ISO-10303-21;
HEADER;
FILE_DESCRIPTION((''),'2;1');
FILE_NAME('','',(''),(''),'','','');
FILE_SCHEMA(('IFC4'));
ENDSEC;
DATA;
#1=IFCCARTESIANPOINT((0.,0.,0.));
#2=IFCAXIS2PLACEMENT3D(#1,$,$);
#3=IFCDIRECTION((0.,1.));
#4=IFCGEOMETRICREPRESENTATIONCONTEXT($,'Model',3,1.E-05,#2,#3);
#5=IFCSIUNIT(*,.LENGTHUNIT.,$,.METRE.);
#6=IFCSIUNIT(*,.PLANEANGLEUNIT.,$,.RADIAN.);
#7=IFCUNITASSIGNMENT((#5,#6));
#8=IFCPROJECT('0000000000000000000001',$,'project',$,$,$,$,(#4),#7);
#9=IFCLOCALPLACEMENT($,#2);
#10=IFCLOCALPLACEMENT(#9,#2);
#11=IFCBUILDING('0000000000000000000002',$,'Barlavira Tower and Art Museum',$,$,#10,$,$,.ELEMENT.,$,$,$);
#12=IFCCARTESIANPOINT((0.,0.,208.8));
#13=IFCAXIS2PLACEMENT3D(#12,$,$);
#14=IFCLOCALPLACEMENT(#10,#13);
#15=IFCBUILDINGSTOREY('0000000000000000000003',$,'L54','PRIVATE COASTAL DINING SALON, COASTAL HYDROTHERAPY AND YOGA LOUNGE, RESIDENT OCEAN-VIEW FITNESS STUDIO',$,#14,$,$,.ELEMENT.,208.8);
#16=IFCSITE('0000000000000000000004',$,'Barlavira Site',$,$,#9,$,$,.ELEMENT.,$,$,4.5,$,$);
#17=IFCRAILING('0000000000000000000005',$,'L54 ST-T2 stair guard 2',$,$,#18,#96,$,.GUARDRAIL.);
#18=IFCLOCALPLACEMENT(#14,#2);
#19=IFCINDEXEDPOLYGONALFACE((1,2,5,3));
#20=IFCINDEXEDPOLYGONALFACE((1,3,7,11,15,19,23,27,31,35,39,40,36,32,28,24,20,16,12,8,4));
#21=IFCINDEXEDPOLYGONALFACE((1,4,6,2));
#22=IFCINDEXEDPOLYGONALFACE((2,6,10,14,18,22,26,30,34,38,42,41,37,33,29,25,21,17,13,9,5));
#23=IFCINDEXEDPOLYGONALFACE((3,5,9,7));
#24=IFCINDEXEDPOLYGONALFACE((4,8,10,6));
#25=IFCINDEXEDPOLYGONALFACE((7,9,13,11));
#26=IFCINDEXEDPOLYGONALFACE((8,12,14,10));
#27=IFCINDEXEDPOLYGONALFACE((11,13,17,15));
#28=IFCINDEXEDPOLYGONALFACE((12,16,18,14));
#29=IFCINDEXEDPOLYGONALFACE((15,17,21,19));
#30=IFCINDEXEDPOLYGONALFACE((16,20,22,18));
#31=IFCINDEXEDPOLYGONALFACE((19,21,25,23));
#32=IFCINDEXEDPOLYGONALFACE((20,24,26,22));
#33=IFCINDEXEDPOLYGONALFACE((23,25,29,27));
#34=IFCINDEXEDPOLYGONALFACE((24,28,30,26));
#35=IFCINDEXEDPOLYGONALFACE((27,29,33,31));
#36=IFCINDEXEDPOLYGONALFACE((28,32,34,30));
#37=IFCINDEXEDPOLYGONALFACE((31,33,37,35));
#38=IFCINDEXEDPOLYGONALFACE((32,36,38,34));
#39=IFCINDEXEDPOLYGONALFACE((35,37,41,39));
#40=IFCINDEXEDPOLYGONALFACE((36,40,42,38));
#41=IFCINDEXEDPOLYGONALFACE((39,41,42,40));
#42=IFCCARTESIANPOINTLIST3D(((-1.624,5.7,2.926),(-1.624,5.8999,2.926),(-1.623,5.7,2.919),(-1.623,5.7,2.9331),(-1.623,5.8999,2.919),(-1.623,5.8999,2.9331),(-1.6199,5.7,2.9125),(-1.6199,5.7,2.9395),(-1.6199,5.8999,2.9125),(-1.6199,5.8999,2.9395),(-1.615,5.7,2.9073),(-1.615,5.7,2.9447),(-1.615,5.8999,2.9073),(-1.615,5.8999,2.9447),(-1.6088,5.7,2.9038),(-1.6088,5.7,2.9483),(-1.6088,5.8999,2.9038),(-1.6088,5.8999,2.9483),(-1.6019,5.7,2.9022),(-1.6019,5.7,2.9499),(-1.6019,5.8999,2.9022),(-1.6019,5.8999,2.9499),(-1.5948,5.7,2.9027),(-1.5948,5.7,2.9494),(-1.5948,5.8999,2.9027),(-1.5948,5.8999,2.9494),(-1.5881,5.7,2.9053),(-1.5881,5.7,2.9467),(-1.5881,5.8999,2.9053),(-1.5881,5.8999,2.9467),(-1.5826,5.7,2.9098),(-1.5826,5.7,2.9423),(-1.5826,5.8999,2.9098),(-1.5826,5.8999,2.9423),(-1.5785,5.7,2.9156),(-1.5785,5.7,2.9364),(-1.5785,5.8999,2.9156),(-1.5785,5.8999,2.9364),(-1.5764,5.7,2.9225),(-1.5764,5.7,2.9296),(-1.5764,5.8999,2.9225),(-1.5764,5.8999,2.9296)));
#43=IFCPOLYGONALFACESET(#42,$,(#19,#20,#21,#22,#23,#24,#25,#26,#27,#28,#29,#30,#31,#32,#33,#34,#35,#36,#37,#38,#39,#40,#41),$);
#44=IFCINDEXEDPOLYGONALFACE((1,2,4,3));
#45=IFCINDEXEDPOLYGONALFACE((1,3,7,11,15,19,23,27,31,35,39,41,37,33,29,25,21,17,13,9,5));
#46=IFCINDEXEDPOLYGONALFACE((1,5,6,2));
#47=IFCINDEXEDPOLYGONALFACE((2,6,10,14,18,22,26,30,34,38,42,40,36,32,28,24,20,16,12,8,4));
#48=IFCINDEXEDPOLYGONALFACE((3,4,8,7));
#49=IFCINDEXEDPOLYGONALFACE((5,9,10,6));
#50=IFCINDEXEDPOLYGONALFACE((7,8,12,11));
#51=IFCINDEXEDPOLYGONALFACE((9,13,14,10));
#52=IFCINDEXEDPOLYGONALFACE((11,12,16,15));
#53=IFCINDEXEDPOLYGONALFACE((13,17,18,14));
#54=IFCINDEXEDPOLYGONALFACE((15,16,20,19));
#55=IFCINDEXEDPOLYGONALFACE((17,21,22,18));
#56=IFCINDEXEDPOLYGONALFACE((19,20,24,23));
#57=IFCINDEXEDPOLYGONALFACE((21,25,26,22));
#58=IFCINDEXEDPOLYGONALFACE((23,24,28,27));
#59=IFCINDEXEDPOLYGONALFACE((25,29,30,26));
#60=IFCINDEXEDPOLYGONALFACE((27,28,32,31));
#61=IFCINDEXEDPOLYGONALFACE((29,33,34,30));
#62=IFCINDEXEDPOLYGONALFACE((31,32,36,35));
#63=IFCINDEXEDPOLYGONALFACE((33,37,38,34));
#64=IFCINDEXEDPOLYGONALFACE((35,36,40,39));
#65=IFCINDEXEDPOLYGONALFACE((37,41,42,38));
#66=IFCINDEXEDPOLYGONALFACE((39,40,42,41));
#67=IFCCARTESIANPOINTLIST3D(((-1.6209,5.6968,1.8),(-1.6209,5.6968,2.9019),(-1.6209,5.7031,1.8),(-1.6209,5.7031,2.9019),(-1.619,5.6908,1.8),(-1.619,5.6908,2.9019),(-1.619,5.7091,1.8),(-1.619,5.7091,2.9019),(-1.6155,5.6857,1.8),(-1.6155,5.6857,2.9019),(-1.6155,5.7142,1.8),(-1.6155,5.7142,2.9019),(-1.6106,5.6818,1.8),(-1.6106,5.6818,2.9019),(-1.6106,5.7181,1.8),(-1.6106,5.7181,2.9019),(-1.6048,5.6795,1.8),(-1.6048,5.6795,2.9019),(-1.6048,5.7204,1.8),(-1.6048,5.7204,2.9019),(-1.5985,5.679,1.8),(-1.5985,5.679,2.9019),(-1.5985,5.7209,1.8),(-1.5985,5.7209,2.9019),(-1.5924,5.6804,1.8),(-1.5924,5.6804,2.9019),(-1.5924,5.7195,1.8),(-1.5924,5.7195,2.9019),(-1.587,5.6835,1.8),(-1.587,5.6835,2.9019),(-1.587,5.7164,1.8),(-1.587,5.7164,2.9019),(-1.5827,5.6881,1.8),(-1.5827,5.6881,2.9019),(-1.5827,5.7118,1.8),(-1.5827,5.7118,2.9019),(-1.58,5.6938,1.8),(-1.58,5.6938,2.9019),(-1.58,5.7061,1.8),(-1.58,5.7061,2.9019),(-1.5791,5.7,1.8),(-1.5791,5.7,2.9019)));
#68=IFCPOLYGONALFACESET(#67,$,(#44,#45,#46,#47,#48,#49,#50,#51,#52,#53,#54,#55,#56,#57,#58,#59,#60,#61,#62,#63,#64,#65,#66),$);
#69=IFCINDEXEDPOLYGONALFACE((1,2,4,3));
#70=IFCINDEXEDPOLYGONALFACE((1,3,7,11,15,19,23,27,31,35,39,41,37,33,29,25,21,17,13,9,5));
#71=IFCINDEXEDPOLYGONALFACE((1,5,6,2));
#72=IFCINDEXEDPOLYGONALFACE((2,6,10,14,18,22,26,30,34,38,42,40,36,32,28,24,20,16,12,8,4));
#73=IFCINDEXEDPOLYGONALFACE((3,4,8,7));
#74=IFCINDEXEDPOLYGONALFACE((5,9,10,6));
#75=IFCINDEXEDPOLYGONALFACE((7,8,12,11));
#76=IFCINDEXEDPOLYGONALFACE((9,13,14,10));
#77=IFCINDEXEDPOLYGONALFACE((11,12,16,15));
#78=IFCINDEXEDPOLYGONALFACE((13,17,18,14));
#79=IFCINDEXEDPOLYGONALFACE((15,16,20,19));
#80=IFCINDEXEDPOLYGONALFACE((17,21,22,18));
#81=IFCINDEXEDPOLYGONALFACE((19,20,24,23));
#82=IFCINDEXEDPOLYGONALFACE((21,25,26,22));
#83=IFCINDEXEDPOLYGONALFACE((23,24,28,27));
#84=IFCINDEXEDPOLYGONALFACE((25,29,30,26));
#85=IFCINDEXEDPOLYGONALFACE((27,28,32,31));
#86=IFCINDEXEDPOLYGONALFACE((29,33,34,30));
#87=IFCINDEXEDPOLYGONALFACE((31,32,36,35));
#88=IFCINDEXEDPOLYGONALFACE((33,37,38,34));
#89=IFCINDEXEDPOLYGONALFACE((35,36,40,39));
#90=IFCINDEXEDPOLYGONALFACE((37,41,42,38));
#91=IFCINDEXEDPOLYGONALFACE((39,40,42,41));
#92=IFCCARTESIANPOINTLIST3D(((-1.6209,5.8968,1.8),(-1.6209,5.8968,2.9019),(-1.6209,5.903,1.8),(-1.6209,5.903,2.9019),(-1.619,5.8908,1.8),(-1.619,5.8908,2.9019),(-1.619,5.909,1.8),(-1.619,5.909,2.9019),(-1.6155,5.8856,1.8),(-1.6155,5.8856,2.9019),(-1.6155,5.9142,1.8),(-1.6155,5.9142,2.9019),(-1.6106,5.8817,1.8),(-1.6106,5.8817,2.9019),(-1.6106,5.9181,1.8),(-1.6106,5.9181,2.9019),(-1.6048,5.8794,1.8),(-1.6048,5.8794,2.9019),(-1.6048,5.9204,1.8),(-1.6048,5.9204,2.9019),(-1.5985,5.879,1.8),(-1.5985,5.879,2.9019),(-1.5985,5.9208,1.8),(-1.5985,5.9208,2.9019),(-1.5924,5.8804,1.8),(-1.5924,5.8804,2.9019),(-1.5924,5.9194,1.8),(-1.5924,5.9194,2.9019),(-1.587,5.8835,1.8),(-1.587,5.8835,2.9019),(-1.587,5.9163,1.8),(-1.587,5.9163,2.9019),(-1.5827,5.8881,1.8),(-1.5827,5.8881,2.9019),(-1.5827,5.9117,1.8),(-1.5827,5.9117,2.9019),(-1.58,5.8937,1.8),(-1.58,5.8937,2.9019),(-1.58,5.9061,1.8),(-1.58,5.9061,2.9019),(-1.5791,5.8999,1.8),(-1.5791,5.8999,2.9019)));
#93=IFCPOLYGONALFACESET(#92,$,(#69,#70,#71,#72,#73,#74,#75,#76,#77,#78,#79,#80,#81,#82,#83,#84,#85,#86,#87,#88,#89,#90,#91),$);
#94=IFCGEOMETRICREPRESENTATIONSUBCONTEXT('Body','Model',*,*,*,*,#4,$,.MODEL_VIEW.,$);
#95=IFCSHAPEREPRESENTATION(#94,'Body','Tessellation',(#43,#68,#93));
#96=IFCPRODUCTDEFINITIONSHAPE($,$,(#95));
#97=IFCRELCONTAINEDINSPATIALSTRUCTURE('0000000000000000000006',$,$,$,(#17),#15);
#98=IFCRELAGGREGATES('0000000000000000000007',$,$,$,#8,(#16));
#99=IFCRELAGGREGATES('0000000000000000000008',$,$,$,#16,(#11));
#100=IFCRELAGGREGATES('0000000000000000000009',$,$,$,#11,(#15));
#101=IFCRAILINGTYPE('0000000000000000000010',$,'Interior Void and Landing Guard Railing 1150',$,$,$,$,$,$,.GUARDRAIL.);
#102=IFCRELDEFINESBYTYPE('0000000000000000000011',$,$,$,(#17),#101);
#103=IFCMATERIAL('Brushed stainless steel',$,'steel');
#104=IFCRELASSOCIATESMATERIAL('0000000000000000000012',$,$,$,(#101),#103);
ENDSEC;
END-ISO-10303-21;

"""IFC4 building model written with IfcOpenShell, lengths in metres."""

from ifc_helpers import new_model, si_unit, direction, frame, origin, origin_2d, place, context, subcontext, project, spatial, circle, extrude, material, type_object, element, save


model = new_model("IFC4")

# Units and contexts
model_context = context("Model", 3, precision=1e-05, world=origin(), true_north=direction((0.0, 1.0)))
body_context = subcontext(model_context, "Body", "Model", "MODEL_VIEW")
ifc_project = project(units=[si_unit("LENGTHUNIT", "METRE"), si_unit("PLANEANGLEUNIT", "RADIAN")], contexts=[model_context])

# Site, building, storey
site_placement = place(None, origin())
site = spatial("IfcSite", under=ifc_project, at=site_placement, Name="Barlavira Site", CompositionType="ELEMENT", RefElevation=4.5)
building_placement = place(site_placement, origin())
building = spatial("IfcBuilding", under=site, at=building_placement, Name="Barlavira Tower and Art Museum", CompositionType="ELEMENT")
storey_placement = place(building_placement, frame((0.0, 0.0, 208.8)))
storey = spatial("IfcBuildingStorey", under=building, at=storey_placement, Name="L54", Description="PRIVATE COASTAL DINING SALON, COASTAL HYDROTHERAPY AND YOGA LOUNGE, RESIDENT OCEAN-VIEW FITNESS STUDIO", CompositionType="ELEMENT", Elevation=208.8)

# Shared definitions
ifc_material_1 = material(Name="Brushed stainless steel", Category="steel")

# Railing
railing_type_1 = type_object("IfcRailingType", Name="Interior Void and Landing Guard Railing 1150", PredefinedType="GUARDRAIL", material=ifc_material_1)
railing_1_placement = place(storey_placement, frame((-1.6001, 5.7, 1.8)))
element("IfcRailing", 1, at=railing_1_placement, inside=storey, type_object=railing_type_1, Name="L54 ST-T2 stair guard 2", PredefinedType="GUARDRAIL", context=body_context, shape_type="SweptSolid", body=[
    extrude(circle(Radius=0.0239, at=origin_2d()), frame((0.0, 0.0, 1.126), z_axis=(0.0, 1.0, 0.0), x_axis=(-1.0, 0.0, 0.0)), (0.0, 0.0, 1.0), 0.2),
    extrude(circle(Radius=0.021, at=origin_2d()), origin(), (0.0, 0.0, 1.0), 1.1018),
    extrude(circle(Radius=0.021, at=origin_2d()), frame((0.0, 0.2, 0.0)), (0.0, 0.0, 1.0), 1.1018),
])

save(model, "model.ifc")
